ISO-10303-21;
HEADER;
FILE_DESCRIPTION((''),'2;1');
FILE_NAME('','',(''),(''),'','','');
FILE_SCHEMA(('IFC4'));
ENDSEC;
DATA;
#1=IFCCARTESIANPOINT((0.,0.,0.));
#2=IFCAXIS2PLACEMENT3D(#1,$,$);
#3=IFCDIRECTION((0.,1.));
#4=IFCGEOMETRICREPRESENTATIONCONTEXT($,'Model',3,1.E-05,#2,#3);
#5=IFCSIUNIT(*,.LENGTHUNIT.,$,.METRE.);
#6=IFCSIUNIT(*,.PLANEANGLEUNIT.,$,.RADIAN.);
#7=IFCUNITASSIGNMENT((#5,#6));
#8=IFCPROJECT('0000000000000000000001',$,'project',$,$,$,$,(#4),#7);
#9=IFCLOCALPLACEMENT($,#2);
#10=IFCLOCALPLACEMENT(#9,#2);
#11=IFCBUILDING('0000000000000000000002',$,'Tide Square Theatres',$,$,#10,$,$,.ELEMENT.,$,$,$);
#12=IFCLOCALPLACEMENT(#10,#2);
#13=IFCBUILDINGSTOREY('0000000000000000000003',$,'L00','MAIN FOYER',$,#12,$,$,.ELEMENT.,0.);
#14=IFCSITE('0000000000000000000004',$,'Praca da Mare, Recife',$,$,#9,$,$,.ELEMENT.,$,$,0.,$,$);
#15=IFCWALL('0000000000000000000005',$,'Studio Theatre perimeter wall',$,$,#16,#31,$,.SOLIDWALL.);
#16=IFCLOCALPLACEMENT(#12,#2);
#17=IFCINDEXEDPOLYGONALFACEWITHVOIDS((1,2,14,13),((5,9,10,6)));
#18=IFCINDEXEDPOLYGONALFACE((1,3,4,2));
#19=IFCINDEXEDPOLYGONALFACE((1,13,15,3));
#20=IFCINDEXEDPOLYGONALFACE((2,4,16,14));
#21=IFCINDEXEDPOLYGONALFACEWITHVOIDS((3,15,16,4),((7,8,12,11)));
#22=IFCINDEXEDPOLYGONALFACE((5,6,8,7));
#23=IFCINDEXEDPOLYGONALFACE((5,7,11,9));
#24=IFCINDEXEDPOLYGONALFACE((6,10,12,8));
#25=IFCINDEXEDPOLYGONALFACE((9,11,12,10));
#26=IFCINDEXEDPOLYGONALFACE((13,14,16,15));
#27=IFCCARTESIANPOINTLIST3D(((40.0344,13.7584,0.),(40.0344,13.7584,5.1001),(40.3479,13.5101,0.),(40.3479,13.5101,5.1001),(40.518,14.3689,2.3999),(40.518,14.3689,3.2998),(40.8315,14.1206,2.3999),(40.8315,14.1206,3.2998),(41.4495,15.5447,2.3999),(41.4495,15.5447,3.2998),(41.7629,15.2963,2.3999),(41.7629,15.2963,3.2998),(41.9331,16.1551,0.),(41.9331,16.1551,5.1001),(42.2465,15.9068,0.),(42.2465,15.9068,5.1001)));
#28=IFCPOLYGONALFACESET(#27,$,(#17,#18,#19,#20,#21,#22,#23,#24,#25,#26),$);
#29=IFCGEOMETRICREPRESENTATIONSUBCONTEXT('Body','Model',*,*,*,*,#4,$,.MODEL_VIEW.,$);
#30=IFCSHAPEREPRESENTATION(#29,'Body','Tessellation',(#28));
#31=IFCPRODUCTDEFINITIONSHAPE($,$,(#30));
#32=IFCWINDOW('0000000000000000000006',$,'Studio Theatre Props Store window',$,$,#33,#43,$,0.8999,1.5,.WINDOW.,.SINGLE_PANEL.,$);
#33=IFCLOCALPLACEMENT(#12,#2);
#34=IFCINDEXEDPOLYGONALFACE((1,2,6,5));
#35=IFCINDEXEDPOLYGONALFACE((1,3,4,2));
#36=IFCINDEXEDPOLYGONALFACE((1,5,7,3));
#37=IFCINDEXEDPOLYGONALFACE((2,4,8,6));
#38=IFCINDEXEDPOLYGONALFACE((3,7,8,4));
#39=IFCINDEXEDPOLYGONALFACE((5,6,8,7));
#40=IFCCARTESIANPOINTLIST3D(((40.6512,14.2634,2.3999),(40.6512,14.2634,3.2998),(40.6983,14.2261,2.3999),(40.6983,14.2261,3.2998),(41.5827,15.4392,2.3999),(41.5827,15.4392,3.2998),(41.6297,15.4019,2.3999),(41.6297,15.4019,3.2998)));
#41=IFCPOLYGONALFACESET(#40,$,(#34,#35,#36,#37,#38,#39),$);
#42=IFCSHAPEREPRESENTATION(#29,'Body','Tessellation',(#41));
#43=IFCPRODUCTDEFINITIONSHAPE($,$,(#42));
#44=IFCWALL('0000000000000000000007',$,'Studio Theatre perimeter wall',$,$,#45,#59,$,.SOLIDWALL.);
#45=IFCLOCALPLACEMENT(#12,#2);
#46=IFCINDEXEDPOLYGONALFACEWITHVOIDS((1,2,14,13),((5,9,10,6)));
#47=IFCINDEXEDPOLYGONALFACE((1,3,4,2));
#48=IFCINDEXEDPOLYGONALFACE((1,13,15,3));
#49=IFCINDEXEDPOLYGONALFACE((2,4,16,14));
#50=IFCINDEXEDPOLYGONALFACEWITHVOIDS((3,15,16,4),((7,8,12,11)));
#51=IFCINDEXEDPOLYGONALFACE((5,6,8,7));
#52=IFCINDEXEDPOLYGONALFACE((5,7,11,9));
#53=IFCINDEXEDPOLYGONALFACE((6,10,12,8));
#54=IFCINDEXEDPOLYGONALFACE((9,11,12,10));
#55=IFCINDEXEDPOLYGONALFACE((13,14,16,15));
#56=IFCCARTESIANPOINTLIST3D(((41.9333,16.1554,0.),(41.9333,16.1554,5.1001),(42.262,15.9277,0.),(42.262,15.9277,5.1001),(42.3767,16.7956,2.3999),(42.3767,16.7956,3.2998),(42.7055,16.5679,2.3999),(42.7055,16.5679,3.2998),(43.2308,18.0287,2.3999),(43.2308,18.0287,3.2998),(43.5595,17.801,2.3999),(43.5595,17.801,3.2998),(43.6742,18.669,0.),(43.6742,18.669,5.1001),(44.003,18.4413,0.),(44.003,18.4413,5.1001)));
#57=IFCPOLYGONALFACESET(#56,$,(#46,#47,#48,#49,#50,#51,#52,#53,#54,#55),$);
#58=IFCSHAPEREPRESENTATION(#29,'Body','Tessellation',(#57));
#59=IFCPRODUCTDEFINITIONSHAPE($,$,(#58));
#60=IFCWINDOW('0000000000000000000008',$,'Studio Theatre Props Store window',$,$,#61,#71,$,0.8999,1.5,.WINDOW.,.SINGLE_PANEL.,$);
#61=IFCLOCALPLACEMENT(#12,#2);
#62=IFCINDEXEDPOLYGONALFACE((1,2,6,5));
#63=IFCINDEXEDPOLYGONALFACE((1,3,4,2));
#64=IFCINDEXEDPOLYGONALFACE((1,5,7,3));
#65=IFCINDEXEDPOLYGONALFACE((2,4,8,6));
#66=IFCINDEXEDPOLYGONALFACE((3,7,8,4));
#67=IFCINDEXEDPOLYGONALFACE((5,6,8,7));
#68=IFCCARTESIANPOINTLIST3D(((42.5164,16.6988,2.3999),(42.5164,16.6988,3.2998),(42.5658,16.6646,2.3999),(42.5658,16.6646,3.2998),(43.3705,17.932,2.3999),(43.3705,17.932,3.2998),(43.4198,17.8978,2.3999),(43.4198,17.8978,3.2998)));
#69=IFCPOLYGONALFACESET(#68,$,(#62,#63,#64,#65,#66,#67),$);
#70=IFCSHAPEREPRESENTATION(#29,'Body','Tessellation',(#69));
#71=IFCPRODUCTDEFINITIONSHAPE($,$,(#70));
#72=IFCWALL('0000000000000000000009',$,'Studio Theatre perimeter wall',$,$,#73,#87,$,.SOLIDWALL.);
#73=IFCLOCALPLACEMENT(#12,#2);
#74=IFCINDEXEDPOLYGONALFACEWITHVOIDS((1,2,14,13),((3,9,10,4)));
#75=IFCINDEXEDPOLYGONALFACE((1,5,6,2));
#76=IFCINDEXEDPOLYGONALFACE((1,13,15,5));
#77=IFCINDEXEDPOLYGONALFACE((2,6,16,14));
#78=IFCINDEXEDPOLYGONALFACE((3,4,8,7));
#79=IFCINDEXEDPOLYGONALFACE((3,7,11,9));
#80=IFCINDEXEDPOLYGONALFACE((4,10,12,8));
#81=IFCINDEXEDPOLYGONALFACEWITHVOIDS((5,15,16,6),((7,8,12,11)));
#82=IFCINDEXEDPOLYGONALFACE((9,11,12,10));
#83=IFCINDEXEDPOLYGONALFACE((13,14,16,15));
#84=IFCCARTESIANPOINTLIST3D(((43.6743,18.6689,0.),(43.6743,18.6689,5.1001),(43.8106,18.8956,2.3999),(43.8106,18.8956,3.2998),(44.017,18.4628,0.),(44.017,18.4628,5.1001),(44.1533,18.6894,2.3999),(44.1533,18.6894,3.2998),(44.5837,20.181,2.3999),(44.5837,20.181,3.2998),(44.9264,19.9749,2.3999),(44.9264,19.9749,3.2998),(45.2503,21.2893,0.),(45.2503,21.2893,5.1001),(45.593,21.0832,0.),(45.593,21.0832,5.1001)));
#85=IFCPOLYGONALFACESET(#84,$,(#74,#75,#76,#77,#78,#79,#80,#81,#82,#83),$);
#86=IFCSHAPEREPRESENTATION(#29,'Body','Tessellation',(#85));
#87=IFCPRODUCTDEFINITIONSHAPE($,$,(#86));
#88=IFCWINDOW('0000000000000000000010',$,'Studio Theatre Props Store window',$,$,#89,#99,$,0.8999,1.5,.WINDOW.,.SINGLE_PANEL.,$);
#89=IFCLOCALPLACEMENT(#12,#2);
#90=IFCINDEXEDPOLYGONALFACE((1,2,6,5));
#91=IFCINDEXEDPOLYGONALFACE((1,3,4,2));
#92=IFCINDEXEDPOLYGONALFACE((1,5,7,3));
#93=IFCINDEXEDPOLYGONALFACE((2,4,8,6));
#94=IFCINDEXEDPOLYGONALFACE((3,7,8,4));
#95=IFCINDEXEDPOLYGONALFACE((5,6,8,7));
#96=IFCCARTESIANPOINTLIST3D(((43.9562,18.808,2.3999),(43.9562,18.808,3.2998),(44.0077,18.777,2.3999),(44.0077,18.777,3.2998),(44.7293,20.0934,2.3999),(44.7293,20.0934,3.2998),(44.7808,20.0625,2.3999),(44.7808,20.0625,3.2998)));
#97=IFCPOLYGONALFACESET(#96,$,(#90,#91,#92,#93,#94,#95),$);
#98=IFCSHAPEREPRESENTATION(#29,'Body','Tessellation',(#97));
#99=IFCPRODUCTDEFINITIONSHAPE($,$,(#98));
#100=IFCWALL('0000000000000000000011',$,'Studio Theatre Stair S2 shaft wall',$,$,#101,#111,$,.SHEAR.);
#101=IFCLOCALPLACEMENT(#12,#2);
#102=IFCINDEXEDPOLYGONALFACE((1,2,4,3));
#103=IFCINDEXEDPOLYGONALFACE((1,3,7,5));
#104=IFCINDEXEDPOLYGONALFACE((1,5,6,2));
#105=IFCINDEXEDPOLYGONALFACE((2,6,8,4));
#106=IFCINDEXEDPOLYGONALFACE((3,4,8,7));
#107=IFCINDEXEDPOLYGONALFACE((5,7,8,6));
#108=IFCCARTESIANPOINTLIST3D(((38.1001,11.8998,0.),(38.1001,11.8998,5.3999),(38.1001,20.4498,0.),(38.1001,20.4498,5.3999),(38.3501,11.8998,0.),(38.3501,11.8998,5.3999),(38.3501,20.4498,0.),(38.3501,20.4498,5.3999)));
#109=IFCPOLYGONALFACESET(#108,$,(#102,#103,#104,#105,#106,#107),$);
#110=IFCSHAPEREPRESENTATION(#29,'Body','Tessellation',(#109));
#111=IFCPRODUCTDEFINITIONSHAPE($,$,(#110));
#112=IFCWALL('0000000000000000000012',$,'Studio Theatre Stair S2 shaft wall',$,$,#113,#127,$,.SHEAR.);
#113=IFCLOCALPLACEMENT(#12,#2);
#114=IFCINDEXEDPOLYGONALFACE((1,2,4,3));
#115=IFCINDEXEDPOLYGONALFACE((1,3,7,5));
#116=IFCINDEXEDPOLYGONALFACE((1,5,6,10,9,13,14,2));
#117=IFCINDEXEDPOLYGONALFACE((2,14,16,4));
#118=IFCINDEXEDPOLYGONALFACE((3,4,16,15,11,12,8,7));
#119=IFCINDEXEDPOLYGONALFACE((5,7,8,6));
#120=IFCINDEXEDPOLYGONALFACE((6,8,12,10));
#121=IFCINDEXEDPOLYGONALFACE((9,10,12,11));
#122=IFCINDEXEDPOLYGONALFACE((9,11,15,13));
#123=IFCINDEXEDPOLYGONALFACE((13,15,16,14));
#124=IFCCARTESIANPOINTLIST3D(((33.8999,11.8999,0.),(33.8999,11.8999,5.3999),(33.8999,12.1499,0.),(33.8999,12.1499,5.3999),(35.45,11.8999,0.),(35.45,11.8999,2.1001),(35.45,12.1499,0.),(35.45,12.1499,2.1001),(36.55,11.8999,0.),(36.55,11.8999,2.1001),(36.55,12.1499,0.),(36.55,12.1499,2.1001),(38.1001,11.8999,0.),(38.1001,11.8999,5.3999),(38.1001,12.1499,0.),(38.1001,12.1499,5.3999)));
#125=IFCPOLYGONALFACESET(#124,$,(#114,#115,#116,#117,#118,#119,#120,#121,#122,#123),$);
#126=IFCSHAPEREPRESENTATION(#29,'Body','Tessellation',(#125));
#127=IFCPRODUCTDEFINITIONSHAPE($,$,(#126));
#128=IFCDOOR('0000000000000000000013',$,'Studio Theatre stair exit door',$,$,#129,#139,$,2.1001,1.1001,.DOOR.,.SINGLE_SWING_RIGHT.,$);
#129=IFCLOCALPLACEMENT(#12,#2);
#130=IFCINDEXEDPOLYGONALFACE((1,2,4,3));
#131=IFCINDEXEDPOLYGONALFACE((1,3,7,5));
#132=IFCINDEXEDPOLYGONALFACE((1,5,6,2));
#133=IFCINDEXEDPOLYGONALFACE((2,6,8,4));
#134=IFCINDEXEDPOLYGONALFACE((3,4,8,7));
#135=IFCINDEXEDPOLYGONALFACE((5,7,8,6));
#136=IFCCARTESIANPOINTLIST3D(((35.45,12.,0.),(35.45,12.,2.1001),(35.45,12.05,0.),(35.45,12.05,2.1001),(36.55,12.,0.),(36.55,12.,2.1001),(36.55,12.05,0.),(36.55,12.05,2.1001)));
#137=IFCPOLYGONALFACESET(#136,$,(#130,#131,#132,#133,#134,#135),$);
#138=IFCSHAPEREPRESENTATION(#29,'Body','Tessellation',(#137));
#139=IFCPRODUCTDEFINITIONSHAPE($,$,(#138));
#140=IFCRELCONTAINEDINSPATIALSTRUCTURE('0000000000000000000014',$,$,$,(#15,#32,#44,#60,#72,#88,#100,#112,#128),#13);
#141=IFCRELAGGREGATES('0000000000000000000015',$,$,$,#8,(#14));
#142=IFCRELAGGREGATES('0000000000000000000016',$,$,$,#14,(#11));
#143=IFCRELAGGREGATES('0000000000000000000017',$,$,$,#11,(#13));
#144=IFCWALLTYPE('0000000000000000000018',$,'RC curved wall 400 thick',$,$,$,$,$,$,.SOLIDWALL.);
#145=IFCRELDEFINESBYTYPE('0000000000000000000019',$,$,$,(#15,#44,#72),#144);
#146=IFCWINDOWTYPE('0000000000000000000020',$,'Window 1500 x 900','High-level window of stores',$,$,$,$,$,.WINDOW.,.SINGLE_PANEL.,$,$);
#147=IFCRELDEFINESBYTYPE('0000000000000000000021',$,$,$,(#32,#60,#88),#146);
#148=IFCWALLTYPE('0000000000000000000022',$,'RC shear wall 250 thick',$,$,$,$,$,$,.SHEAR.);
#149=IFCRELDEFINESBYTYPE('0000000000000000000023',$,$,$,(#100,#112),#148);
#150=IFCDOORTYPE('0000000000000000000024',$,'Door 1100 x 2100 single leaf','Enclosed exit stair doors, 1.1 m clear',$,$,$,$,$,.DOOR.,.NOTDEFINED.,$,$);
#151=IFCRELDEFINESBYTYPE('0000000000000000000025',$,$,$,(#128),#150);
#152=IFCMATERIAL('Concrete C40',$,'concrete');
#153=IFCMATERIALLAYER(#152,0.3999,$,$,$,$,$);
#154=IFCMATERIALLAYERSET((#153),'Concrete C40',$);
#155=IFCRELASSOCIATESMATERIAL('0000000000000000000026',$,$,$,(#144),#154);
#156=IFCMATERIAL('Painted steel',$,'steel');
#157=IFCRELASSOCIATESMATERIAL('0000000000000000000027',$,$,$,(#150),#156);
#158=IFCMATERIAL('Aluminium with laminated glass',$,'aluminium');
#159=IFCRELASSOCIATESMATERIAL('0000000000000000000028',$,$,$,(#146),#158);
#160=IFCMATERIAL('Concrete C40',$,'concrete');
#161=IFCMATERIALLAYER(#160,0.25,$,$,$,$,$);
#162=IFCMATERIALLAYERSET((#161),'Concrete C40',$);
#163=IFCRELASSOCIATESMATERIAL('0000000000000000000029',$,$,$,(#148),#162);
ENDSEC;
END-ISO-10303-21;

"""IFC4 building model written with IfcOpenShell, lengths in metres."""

from ifc_helpers import new_model, si_unit, direction, frame, frame_2d, origin, place, context, subcontext, project, spatial, rectangle, extrude, material, layer, layer_set, type_object, element, fill, save


model = new_model("IFC4")

# Units and contexts
model_context = context("Model", 3, precision=1e-05, world=origin(), true_north=direction((0.0, 1.0)))
body_context = subcontext(model_context, "Body", "Model", "MODEL_VIEW")
ifc_project = project(units=[si_unit("LENGTHUNIT", "METRE"), si_unit("PLANEANGLEUNIT", "RADIAN")], contexts=[model_context])

# Site, building, storey
site_placement = place(None, origin())
site = spatial("IfcSite", under=ifc_project, at=site_placement, Name="Praca da Mare, Recife", CompositionType="ELEMENT", RefElevation=0.0)
building_placement = place(site_placement, origin())
building = spatial("IfcBuilding", under=site, at=building_placement, Name="Tide Square Theatres", CompositionType="ELEMENT")
storey_placement = place(building_placement, origin())
storey = spatial("IfcBuildingStorey", under=building, at=storey_placement, Name="L00", Description="MAIN FOYER", CompositionType="ELEMENT", Elevation=0.0)

# Shared definitions
ifc_material_1 = material(Name="Concrete C40", Category="concrete")
ifc_layer_1 = layer(ifc_material_1, 0.3999)
ifc_layer_set_1 = layer_set([ifc_layer_1], Name="Concrete C40")
wall_type_1 = type_object("IfcWallType", Name="RC curved wall 400 thick", PredefinedType="SOLIDWALL", material=ifc_layer_set_1)
ifc_material_2 = material(Name="Painted steel", Category="steel")
door_type = type_object("IfcDoorType", Name="Door 1100 x 2100 single leaf", Description="Enclosed exit stair doors, 1.1 m clear", OperationType="NOTDEFINED", PredefinedType="DOOR", material=ifc_material_2)

# Walls, openings, windows
ifc_material_3 = material(Name="Aluminium with laminated glass", Category="aluminium")
window_type = type_object("IfcWindowType", Name="Window 1500 x 900", Description="High-level window of stores", PartitioningType="SINGLE_PANEL", PredefinedType="WINDOW", material=ifc_material_3)
wall_1_placement = place(storey_placement, frame((40.1912, 13.6343, 0.0), z_axis=(0.0, 0.0, 1.0), x_axis=(0.620959, 0.783843, 0.0)))
wall_1 = element("IfcWall", 1, at=wall_1_placement, inside=storey, type_object=wall_type_1, Name="Studio Theatre perimeter wall", PredefinedType="SOLIDWALL", context=body_context, shape_type="SweptSolid", body=[
    extrude(rectangle(XDim=3.0576, YDim=0.3999, at=frame_2d((1.5288, 0.0))), origin(), (0.0, 0.0, 1.0), 5.1001),
])
opening_1_placement = place(wall_1_placement, frame((0.7788, 0.0, 2.3999)))
opening_1 = element("IfcOpeningElement", 2, at=opening_1_placement, cuts=wall_1, PredefinedType="OPENING", context=body_context, shape_type="SweptSolid", body=[
    extrude(rectangle(XDim=1.5, YDim=0.8999, at=frame_2d((0.75, 0.45))), frame((0.0, 0.21, 0.0), z_axis=(0.0, -1.0, 0.0), x_axis=(1.0, 0.0, 0.0)), (0.0, 0.0, 1.0), 0.4199),
])
window_1_placement = place(opening_1_placement, origin())
window_1 = element("IfcWindow", 3, at=window_1_placement, inside=storey, type_object=window_type, Name="Studio Theatre Props Store window", OverallHeight=0.8999, OverallWidth=1.5, PartitioningType="SINGLE_PANEL", PredefinedType="WINDOW", context=body_context, shape_type="SweptSolid", body=[
    extrude(rectangle(XDim=1.5, YDim=0.8999, at=frame_2d((0.75, 0.45))), frame((0.0, 0.03, 0.0), z_axis=(0.0, -1.0, 0.0), x_axis=(1.0, 0.0, 0.0)), (0.0, 0.0, 1.0), 0.0601),
])
fill(opening_1, window_1)
wall_2_placement = place(storey_placement, frame((42.0977, 16.0415, 0.0), z_axis=(0.0, 0.0, 1.0), x_axis=(0.569372, 0.82208, 0.0)))
wall_2 = element("IfcWall", 4, at=wall_2_placement, inside=storey, type_object=wall_type_1, Name="Studio Theatre perimeter wall", PredefinedType="SOLIDWALL", context=body_context, shape_type="SweptSolid", body=[
    extrude(rectangle(XDim=3.0576, YDim=0.3999, at=frame_2d((1.5288, 0.0))), origin(), (0.0, 0.0, 1.0), 5.1001),
])
opening_2_placement = place(wall_2_placement, frame((0.7788, 0.0, 2.3999)))
opening_2 = element("IfcOpeningElement", 5, at=opening_2_placement, cuts=wall_2, PredefinedType="OPENING", context=body_context, shape_type="SweptSolid", body=[
    extrude(rectangle(XDim=1.5, YDim=0.8999, at=frame_2d((0.75, 0.45))), frame((0.0, 0.21, 0.0), z_axis=(0.0, -1.0, 0.0), x_axis=(1.0, 0.0, 0.0)), (0.0, 0.0, 1.0), 0.4199),
])
window_2_placement = place(opening_2_placement, origin())
window_2 = element("IfcWindow", 6, at=window_2_placement, inside=storey, type_object=window_type, Name="Studio Theatre Props Store window", OverallHeight=0.8999, OverallWidth=1.5, PartitioningType="SINGLE_PANEL", PredefinedType="WINDOW", context=body_context, shape_type="SweptSolid", body=[
    extrude(rectangle(XDim=1.5, YDim=0.8999, at=frame_2d((0.75, 0.45))), frame((0.0, 0.03, 0.0), z_axis=(0.0, -1.0, 0.0), x_axis=(1.0, 0.0, 0.0)), (0.0, 0.0, 1.0), 0.0601),
])
fill(opening_2, window_2)
wall_3_placement = place(storey_placement, frame((43.8457, 18.5659, 0.0), z_axis=(0.0, 0.0, 1.0), x_axis=(0.515388, 0.856957, 0.0)))
wall_3 = element("IfcWall", 7, at=wall_3_placement, inside=storey, type_object=wall_type_1, Name="Studio Theatre perimeter wall", PredefinedType="SOLIDWALL", context=body_context, shape_type="SweptSolid", body=[
    extrude(rectangle(XDim=3.0579, YDim=0.3999, at=frame_2d((1.5288, 0.0))), origin(), (0.0, 0.0, 1.0), 5.1001),
])
opening_3_placement = place(wall_3_placement, frame((0.2644, 0.0, 2.3999)))
opening_3 = element("IfcOpeningElement", 8, at=opening_3_placement, cuts=wall_3, PredefinedType="OPENING", context=body_context, shape_type="SweptSolid", body=[
    extrude(rectangle(XDim=1.5, YDim=0.8999, at=frame_2d((0.75, 0.45))), frame((0.0, 0.21, 0.0), z_axis=(0.0, -1.0, 0.0), x_axis=(1.0, 0.0, 0.0)), (0.0, 0.0, 1.0), 0.4199),
])
window_3_placement = place(opening_3_placement, origin())
window_3 = element("IfcWindow", 9, at=window_3_placement, inside=storey, type_object=window_type, Name="Studio Theatre Props Store window", OverallHeight=0.8999, OverallWidth=1.5, PartitioningType="SINGLE_PANEL", PredefinedType="WINDOW", context=body_context, shape_type="SweptSolid", body=[
    extrude(rectangle(XDim=1.5, YDim=0.8999, at=frame_2d((0.75, 0.45))), frame((0.0, 0.03, 0.0), z_axis=(0.0, -1.0, 0.0), x_axis=(1.0, 0.0, 0.0)), (0.0, 0.0, 1.0), 0.0601),
])
fill(opening_3, window_3)

# Wall
ifc_material_4 = material(Name="Concrete C40", Category="concrete")
ifc_layer_2 = layer(ifc_material_4, 0.25)
ifc_layer_set_2 = layer_set([ifc_layer_2], Name="Concrete C40")
wall_type_2 = type_object("IfcWallType", Name="RC shear wall 250 thick", PredefinedType="SHEAR", material=ifc_layer_set_2)
wall_4_placement = place(storey_placement, frame((38.2251, 11.8999, 0.0), z_axis=(0.0, 0.0, 1.0), x_axis=(0.0, 1.0, 0.0)))
element("IfcWall", 10, at=wall_4_placement, inside=storey, type_object=wall_type_2, Name="Studio Theatre Stair S2 shaft wall", PredefinedType="SHEAR", context=body_context, shape_type="SweptSolid", body=[
    extrude(rectangle(XDim=8.55, YDim=0.25, at=frame_2d((4.2749, 0.0))), origin(), (0.0, 0.0, 1.0), 5.3999),
])

# Wall, opening, door
wall_5_placement = place(storey_placement, frame((38.1001, 12.0249, 0.0), z_axis=(0.0, 0.0, 1.0), x_axis=(-1.0, 0.0, 0.0)))
wall_5 = element("IfcWall", 11, at=wall_5_placement, inside=storey, type_object=wall_type_2, Name="Studio Theatre Stair S2 shaft wall", PredefinedType="SHEAR", context=body_context, shape_type="SweptSolid", body=[
    extrude(rectangle(XDim=4.2002, YDim=0.25, at=frame_2d((2.1001, 0.0))), origin(), (0.0, 0.0, 1.0), 5.3999),
])
opening_4_placement = place(wall_5_placement, frame((1.55, 0.0, 0.0)))
opening_4 = element("IfcOpeningElement", 12, at=opening_4_placement, cuts=wall_5, PredefinedType="OPENING", context=body_context, shape_type="SweptSolid", body=[
    extrude(rectangle(XDim=1.1001, YDim=2.1001, at=frame_2d((0.55, 1.05))), frame((0.0, 0.135, 0.0), z_axis=(0.0, -1.0, 0.0), x_axis=(1.0, 0.0, 0.0)), (0.0, 0.0, 1.0), 0.27),
])
door_1_placement = place(opening_4_placement, origin())
door_1 = element("IfcDoor", 13, at=door_1_placement, inside=storey, type_object=door_type, Name="Studio Theatre stair exit door", OperationType="SINGLE_SWING_RIGHT", OverallHeight=2.1001, OverallWidth=1.1001, PredefinedType="DOOR", context=body_context, shape_type="SweptSolid", body=[
    extrude(rectangle(XDim=1.1001, YDim=2.1001, at=frame_2d((0.55, 1.05))), frame((0.0, 0.0249, 0.0), z_axis=(0.0, -1.0, 0.0), x_axis=(1.0, 0.0, 0.0)), (0.0, 0.0, 1.0), 0.05),
])
fill(opening_4, door_1)

save(model, "model.ifc")
